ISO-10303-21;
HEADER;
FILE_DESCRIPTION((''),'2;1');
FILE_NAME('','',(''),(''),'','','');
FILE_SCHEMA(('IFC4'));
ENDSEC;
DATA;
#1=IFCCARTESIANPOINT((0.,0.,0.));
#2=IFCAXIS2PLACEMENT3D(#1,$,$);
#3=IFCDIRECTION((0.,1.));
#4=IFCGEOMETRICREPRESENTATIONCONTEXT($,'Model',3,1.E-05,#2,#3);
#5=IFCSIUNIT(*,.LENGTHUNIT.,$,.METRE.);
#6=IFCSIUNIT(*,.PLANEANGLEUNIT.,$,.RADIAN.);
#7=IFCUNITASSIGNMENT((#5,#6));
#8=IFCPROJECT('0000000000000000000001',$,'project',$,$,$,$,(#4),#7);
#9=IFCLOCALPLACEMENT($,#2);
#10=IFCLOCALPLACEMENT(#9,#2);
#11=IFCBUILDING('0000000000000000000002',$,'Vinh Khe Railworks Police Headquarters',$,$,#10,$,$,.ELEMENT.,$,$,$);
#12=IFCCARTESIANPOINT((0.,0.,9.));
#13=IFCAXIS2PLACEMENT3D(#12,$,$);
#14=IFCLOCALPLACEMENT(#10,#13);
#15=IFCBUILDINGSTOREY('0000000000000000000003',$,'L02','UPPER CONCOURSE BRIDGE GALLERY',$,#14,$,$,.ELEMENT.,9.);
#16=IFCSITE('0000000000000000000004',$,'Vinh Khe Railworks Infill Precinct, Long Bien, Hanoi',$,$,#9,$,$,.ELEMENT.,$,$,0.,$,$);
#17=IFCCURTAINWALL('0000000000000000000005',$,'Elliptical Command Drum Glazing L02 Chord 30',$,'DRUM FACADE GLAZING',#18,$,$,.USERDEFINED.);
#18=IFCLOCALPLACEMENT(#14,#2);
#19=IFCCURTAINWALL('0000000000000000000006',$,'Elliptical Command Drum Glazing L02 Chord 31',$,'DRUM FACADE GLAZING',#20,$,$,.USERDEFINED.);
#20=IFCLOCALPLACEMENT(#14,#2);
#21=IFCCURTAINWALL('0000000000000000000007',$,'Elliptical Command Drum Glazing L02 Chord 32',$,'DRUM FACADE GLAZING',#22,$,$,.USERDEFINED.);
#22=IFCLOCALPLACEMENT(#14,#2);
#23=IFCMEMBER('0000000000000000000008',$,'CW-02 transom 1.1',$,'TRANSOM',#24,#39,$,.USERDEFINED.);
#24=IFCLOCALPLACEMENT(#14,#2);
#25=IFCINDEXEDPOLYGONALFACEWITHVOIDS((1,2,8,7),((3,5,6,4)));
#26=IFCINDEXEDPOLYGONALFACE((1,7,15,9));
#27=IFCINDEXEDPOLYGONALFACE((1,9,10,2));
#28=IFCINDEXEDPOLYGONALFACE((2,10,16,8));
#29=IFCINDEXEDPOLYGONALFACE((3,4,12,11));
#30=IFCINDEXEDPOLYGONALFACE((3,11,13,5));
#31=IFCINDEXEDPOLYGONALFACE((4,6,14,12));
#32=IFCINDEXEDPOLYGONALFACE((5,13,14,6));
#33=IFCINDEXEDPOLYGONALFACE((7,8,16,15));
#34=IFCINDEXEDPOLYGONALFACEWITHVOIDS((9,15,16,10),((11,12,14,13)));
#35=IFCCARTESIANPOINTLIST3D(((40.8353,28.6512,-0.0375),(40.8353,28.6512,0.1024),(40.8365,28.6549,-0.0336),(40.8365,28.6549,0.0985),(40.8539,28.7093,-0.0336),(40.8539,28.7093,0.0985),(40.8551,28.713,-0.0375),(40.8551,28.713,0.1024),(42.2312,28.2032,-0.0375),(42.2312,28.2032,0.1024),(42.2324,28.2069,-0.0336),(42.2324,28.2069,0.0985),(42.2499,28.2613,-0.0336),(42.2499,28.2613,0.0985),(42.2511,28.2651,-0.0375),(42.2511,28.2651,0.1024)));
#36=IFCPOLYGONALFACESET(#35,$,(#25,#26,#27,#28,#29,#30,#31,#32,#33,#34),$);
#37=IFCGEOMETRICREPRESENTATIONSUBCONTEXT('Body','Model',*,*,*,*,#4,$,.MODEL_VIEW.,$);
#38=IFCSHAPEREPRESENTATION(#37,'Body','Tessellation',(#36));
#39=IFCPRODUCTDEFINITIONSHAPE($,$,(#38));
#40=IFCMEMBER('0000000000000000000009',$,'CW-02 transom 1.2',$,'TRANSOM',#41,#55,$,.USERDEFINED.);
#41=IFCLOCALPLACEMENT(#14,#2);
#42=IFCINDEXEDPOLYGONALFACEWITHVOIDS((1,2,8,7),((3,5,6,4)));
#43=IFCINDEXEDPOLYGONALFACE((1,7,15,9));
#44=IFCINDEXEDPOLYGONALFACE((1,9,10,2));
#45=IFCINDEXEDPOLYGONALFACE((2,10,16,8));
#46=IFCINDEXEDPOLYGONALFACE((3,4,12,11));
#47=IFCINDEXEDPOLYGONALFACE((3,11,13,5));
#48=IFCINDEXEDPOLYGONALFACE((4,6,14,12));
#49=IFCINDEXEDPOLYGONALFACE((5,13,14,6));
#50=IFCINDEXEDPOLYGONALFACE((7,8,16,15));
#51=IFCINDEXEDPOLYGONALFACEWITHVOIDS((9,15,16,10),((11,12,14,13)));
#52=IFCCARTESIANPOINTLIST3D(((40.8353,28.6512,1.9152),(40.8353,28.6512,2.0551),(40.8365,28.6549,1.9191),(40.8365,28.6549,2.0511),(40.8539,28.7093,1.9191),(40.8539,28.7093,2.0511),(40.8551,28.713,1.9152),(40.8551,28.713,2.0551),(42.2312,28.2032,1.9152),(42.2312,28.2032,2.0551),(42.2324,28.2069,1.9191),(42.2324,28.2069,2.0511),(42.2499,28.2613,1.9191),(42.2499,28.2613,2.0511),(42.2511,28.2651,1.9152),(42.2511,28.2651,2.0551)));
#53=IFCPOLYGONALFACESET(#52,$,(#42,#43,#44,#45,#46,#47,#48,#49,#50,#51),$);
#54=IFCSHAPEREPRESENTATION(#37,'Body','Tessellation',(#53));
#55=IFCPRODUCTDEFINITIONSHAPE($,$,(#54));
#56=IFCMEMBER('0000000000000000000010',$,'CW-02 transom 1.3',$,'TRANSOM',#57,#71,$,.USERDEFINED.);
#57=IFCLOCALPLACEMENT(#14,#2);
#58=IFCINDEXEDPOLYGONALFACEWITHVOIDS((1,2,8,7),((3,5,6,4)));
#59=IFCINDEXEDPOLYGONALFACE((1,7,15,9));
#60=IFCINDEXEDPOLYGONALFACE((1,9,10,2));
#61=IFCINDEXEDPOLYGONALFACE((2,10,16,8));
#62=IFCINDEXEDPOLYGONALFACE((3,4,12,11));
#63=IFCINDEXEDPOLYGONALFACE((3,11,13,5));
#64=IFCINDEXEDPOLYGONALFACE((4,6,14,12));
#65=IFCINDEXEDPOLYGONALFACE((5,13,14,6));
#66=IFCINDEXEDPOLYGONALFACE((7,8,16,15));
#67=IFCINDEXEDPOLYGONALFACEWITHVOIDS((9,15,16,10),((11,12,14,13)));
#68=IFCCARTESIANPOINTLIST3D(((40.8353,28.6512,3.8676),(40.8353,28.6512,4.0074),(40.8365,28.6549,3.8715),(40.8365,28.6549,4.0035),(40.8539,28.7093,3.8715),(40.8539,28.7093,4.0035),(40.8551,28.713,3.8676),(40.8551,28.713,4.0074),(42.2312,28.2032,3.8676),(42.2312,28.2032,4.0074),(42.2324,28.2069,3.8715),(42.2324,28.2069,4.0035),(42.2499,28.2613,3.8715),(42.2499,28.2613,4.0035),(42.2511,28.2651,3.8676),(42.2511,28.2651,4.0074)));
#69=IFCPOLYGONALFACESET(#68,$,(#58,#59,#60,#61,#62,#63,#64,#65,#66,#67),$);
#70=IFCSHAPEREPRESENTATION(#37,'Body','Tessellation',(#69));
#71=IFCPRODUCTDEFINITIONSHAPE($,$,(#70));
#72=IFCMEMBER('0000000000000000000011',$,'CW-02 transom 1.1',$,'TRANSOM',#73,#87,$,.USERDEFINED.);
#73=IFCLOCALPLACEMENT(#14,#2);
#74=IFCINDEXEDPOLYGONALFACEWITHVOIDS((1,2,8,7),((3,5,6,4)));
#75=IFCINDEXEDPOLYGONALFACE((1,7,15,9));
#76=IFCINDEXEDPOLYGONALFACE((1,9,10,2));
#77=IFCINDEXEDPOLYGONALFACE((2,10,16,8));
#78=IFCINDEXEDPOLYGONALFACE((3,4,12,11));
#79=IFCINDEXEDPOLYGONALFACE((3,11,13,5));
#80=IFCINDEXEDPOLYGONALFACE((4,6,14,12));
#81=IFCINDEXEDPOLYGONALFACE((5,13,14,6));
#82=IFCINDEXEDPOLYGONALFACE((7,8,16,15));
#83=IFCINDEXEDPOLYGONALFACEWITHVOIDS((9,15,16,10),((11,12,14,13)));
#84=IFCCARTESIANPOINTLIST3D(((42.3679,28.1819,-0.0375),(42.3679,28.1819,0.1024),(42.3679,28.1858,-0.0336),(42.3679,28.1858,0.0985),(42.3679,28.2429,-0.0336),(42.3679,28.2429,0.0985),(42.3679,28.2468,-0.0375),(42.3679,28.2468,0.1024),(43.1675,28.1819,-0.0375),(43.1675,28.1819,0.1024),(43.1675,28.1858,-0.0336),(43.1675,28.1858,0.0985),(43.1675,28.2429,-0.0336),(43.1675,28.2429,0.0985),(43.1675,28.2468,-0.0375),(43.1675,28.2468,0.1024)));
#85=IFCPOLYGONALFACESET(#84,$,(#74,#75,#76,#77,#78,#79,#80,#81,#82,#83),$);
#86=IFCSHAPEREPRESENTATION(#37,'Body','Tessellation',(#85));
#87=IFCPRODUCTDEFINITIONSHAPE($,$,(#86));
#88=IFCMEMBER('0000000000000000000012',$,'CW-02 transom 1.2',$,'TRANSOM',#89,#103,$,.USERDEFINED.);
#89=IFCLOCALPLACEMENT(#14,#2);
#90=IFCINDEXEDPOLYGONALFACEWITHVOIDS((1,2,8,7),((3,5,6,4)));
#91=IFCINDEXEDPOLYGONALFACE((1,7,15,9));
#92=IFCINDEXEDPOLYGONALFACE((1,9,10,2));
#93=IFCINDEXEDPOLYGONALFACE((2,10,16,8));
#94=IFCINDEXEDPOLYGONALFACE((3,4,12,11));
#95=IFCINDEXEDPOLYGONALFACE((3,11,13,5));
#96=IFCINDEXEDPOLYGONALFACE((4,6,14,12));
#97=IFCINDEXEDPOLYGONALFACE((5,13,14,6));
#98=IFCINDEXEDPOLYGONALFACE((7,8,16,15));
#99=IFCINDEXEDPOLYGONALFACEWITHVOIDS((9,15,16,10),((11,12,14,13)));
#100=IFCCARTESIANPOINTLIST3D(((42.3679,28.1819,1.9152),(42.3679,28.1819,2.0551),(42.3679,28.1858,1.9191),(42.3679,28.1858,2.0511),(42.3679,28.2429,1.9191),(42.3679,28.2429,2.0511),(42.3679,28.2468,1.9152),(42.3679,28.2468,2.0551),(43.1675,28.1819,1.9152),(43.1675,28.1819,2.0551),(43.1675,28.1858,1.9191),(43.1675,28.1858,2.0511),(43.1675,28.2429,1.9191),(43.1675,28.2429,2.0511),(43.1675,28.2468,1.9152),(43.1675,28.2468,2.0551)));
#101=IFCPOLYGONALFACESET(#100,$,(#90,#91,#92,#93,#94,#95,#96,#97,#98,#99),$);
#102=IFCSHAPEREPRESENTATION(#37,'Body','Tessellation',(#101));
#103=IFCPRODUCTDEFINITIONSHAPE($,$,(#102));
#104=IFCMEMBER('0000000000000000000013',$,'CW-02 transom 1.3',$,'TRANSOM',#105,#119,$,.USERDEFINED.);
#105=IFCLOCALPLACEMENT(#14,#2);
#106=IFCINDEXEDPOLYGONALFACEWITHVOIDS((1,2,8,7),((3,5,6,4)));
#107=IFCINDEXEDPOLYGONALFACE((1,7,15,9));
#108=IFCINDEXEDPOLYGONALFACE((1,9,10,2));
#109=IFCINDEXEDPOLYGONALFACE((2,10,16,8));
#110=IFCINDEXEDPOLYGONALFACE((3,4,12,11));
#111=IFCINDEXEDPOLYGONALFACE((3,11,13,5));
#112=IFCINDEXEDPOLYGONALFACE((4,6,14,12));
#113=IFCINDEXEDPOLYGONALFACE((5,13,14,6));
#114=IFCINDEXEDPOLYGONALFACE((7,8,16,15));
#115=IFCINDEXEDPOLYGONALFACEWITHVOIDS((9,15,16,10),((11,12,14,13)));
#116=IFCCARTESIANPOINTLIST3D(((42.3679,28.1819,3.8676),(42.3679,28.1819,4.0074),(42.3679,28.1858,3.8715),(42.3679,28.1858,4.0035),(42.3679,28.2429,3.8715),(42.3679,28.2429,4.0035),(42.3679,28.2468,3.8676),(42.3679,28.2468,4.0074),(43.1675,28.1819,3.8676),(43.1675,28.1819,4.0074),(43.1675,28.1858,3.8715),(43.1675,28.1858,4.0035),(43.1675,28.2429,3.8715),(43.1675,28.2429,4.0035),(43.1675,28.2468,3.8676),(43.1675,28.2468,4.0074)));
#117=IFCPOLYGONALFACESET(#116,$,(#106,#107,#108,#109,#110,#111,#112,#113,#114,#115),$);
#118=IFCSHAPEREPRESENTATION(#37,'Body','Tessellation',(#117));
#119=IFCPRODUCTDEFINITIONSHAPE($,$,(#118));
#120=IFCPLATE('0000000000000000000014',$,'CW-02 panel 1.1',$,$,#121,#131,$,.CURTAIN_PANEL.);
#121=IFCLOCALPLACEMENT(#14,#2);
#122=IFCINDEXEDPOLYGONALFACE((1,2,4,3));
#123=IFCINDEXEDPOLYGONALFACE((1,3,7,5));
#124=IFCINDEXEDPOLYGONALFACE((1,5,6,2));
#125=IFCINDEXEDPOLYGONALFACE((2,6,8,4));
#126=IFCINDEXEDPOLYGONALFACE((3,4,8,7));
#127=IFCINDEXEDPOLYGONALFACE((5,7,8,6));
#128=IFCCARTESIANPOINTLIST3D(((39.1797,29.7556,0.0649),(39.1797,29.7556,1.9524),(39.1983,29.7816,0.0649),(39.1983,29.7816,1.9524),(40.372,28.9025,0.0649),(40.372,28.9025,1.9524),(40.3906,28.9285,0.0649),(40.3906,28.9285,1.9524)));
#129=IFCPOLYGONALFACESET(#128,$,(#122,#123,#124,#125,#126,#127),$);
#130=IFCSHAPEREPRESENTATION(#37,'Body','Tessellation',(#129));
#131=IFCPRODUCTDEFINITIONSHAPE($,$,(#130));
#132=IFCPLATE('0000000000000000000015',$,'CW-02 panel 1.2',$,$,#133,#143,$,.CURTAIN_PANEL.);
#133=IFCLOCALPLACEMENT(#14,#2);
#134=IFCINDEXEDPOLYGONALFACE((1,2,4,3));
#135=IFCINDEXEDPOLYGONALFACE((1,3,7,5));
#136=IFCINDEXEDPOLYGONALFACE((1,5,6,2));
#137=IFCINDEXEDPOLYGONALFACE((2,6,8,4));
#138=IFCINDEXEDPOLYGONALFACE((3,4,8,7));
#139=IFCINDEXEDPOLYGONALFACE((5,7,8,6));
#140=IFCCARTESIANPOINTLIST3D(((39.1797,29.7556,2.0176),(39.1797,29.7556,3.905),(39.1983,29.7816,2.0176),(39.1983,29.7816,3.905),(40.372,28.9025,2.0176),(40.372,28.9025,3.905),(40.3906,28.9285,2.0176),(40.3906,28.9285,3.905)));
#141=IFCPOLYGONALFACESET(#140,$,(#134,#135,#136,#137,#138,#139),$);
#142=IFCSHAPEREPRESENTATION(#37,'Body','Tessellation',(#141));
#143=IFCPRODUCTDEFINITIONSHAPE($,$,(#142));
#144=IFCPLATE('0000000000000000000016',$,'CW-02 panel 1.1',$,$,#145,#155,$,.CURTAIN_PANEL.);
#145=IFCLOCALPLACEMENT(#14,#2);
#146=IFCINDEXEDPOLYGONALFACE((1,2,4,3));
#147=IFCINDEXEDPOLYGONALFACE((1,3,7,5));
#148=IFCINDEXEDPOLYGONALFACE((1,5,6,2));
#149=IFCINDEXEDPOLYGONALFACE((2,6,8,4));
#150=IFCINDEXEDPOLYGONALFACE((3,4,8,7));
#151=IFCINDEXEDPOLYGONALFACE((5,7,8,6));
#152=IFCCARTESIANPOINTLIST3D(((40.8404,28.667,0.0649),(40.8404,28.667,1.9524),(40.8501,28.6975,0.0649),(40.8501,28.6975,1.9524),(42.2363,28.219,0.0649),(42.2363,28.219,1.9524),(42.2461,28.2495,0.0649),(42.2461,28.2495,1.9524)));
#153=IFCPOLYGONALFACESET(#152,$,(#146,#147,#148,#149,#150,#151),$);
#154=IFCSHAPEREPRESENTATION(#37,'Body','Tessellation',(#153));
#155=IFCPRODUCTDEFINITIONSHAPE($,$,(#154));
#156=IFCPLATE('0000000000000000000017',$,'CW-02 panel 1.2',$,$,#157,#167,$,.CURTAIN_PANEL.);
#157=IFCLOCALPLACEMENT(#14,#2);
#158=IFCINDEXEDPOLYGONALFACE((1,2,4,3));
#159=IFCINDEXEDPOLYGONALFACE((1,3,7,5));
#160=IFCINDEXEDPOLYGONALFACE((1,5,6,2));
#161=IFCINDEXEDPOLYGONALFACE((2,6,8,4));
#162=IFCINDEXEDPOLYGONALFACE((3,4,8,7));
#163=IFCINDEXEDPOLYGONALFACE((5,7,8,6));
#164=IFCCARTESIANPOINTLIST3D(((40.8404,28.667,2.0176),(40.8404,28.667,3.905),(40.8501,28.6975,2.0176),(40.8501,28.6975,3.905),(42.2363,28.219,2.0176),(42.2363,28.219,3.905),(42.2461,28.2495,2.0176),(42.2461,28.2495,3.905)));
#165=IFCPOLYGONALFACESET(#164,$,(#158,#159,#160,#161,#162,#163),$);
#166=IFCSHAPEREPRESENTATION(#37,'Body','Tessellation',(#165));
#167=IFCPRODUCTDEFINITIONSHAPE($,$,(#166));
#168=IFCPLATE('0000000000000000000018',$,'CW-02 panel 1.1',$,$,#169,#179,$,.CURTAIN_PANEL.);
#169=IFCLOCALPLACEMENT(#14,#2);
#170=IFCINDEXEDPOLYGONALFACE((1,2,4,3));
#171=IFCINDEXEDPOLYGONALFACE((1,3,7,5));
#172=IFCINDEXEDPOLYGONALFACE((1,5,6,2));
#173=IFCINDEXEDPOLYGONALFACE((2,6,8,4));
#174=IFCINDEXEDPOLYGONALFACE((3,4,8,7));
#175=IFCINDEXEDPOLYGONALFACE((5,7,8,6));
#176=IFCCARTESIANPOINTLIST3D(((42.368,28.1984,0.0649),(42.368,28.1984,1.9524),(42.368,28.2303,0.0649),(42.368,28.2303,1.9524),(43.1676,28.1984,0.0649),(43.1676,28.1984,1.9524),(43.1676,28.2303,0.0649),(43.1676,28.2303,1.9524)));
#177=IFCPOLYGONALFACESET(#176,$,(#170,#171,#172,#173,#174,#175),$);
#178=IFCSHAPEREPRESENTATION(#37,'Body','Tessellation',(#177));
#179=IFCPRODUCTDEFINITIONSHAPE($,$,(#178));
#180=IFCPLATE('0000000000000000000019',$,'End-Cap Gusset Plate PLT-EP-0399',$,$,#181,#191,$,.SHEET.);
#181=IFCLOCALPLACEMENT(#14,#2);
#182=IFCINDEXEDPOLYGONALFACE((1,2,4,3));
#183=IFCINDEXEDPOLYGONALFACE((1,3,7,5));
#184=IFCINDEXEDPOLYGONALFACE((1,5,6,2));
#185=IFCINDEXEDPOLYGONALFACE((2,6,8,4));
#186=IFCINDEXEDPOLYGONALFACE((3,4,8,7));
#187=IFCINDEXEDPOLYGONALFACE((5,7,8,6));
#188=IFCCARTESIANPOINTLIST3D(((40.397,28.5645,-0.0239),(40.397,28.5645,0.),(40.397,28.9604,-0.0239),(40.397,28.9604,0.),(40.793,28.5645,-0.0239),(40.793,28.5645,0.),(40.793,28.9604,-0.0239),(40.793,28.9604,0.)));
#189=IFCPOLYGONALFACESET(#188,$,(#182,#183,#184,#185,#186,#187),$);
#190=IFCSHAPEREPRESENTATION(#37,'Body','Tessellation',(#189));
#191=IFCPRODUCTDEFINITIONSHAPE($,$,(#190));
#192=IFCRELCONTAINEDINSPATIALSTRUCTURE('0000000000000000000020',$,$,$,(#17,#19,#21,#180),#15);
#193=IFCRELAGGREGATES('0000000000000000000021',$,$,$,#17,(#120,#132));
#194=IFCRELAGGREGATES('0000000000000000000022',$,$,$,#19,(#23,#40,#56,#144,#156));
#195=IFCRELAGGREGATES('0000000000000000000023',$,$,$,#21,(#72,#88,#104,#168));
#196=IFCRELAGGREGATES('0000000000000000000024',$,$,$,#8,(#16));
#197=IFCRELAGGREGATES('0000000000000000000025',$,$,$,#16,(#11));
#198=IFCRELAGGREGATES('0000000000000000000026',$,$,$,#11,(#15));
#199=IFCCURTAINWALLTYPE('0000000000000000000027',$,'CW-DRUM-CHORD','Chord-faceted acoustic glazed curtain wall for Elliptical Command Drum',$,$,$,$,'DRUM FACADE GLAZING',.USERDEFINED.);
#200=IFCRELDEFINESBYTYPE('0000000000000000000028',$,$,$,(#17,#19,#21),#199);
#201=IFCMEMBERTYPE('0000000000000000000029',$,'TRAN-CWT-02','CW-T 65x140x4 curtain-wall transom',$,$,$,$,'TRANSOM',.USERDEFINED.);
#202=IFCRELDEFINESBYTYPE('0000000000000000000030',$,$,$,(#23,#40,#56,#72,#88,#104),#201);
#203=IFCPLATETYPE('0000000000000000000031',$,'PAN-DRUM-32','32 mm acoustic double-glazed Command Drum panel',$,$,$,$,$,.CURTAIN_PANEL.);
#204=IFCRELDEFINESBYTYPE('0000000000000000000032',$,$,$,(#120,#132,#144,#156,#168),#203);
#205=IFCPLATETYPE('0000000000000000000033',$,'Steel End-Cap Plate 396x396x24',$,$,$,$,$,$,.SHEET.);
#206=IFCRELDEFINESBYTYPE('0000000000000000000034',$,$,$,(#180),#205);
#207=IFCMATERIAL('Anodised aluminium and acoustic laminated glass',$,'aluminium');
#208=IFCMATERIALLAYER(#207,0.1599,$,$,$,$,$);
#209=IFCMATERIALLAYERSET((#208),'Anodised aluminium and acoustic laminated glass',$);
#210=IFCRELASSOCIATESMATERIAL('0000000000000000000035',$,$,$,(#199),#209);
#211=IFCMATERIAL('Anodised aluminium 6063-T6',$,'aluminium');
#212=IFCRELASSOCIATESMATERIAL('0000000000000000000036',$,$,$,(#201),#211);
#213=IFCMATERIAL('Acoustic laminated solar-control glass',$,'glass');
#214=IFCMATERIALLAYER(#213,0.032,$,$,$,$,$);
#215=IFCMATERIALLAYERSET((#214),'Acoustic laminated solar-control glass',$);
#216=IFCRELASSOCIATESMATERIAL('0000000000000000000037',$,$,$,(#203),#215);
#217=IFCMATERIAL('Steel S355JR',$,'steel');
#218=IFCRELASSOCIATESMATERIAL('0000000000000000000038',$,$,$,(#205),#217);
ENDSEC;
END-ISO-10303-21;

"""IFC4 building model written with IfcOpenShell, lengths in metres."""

from ifc_helpers import new_model, si_unit, direction, frame, origin, origin_2d, place, context, subcontext, project, spatial, rectangle, hollow_rectangle, extrude, material, layer, layer_set, material_profile, profile_set, type_object, element, aggregate, save


model = new_model("IFC4")

# Units and contexts
model_context = context("Model", 3, precision=1e-05, world=origin(), true_north=direction((0.0, 1.0)))
body_context = subcontext(model_context, "Body", "Model", "MODEL_VIEW")
ifc_project = project(units=[si_unit("LENGTHUNIT", "METRE"), si_unit("PLANEANGLEUNIT", "RADIAN")], contexts=[model_context])

# Site, building, storey
site_placement = place(None, origin())
site = spatial("IfcSite", under=ifc_project, at=site_placement, Name="Vinh Khe Railworks Infill Precinct, Long Bien, Hanoi", CompositionType="ELEMENT", RefElevation=0.0)
building_placement = place(site_placement, origin())
building = spatial("IfcBuilding", under=site, at=building_placement, Name="Vinh Khe Railworks Police Headquarters", CompositionType="ELEMENT")
storey_placement = place(building_placement, frame((0.0, 0.0, 9.0)))
storey = spatial("IfcBuildingStorey", under=building, at=storey_placement, Name="L02", Description="UPPER CONCOURSE BRIDGE GALLERY", CompositionType="ELEMENT", Elevation=9.0)

# Shared definitions
ifc_material_1 = material(Name="Steel S355JR", Category="steel")

# Curtain wall
ifc_material_2 = material(Name="Anodised aluminium and acoustic laminated glass", Category="aluminium")
ifc_layer_1 = layer(ifc_material_2, 0.1599)
ifc_layer_set_1 = layer_set([ifc_layer_1], Name="Anodised aluminium and acoustic laminated glass")
curtain_wall_type = type_object("IfcCurtainWallType", Name="CW-DRUM-CHORD", Description="Chord-faceted acoustic glazed curtain wall for Elliptical Command Drum", ElementType="DRUM FACADE GLAZING", PredefinedType="USERDEFINED", material=ifc_layer_set_1)
curtain_wall_1_placement = place(storey_placement, origin())
curtain_wall_1 = element("IfcCurtainWall", 1, at=curtain_wall_1_placement, inside=storey, type_object=curtain_wall_type, Name="Elliptical Command Drum Glazing L02 Chord 30", ObjectType="DRUM FACADE GLAZING", PredefinedType="USERDEFINED")
ifc_material_3 = material(Name="Anodised aluminium 6063-T6", Category="aluminium")

# Curtain wall
curtain_wall_2_placement = place(storey_placement, origin())
curtain_wall_2 = element("IfcCurtainWall", 2, at=curtain_wall_2_placement, inside=storey, type_object=curtain_wall_type, Name="Elliptical Command Drum Glazing L02 Chord 31", ObjectType="DRUM FACADE GLAZING", PredefinedType="USERDEFINED")

# Curtain wall
curtain_wall_3_placement = place(storey_placement, origin())
curtain_wall_3 = element("IfcCurtainWall", 3, at=curtain_wall_3_placement, inside=storey, type_object=curtain_wall_type, Name="Elliptical Command Drum Glazing L02 Chord 32", ObjectType="DRUM FACADE GLAZING", PredefinedType="USERDEFINED")

# Members
ifc_material_profile_1 = material_profile(ifc_material_3, hollow_rectangle(XDim=0.0649, YDim=0.1399, WallThickness=0.0039, at=origin_2d()), Name="CW-T 65x140x4")
ifc_profile_set_1 = profile_set([ifc_material_profile_1], Name="Anodised aluminium 6063-T6")
member_type_1 = type_object("IfcMemberType", Name="TRAN-CWT-02", Description="CW-T 65x140x4 curtain-wall transom", ElementType="TRANSOM", PredefinedType="USERDEFINED", material=ifc_profile_set_1)
member_1_placement = place(storey_placement, frame((40.8452, 28.6821, 0.0325), z_axis=(0.952171, -0.305567, 0.0), x_axis=(0.305567, 0.952171, 0.0)))
member_1 = element("IfcMember", 4, at=member_1_placement, type_object=member_type_1, Name="CW-02 transom 1.1", ObjectType="TRANSOM", PredefinedType="USERDEFINED", context=body_context, shape_type="SweptSolid", body=[
    extrude(hollow_rectangle(XDim=0.0649, YDim=0.1399, WallThickness=0.0039, at=origin_2d()), origin(), (0.0, 0.0, 1.0), 1.4661),
])
member_2_placement = place(storey_placement, frame((40.8452, 28.6821, 1.9851), z_axis=(0.952171, -0.305567, 0.0), x_axis=(0.305567, 0.952171, 0.0)))
member_2 = element("IfcMember", 5, at=member_2_placement, type_object=member_type_1, Name="CW-02 transom 1.2", ObjectType="TRANSOM", PredefinedType="USERDEFINED", context=body_context, shape_type="SweptSolid", body=[
    extrude(hollow_rectangle(XDim=0.0649, YDim=0.1399, WallThickness=0.0039, at=origin_2d()), origin(), (0.0, 0.0, 1.0), 1.4661),
])
member_3_placement = place(storey_placement, frame((40.8452, 28.6821, 3.9375), z_axis=(0.952171, -0.305567, 0.0), x_axis=(0.305567, 0.952171, 0.0)))
member_3 = element("IfcMember", 6, at=member_3_placement, type_object=member_type_1, Name="CW-02 transom 1.3", ObjectType="TRANSOM", PredefinedType="USERDEFINED", context=body_context, shape_type="SweptSolid", body=[
    extrude(hollow_rectangle(XDim=0.0649, YDim=0.1399, WallThickness=0.0039, at=origin_2d()), origin(), (0.0, 0.0, 1.0), 1.4661),
])
member_4_placement = place(storey_placement, frame((42.3679, 28.2144, 0.0325), z_axis=(1.0, 0.0, 0.0), x_axis=(0.0, 1.0, 0.0)))
member_4 = element("IfcMember", 7, at=member_4_placement, type_object=member_type_1, Name="CW-02 transom 1.1", ObjectType="TRANSOM", PredefinedType="USERDEFINED", context=body_context, shape_type="SweptSolid", body=[
    extrude(hollow_rectangle(XDim=0.0649, YDim=0.1399, WallThickness=0.0039, at=origin_2d()), origin(), (0.0, 0.0, 1.0), 0.7996),
])
member_5_placement = place(storey_placement, frame((42.3679, 28.2144, 1.9851), z_axis=(1.0, 0.0, 0.0), x_axis=(0.0, 1.0, 0.0)))
member_5 = element("IfcMember", 8, at=member_5_placement, type_object=member_type_1, Name="CW-02 transom 1.2", ObjectType="TRANSOM", PredefinedType="USERDEFINED", context=body_context, shape_type="SweptSolid", body=[
    extrude(hollow_rectangle(XDim=0.0649, YDim=0.1399, WallThickness=0.0039, at=origin_2d()), origin(), (0.0, 0.0, 1.0), 0.7996),
])
member_6_placement = place(storey_placement, frame((42.3679, 28.2144, 3.9375), z_axis=(1.0, 0.0, 0.0), x_axis=(0.0, 1.0, 0.0)))
member_6 = element("IfcMember", 9, at=member_6_placement, type_object=member_type_1, Name="CW-02 transom 1.3", ObjectType="TRANSOM", PredefinedType="USERDEFINED", context=body_context, shape_type="SweptSolid", body=[
    extrude(hollow_rectangle(XDim=0.0649, YDim=0.1399, WallThickness=0.0039, at=origin_2d()), origin(), (0.0, 0.0, 1.0), 0.7996),
])

# Plates
ifc_material_4 = material(Name="Acoustic laminated solar-control glass", Category="glass")
ifc_layer_2 = layer(ifc_material_4, 0.032)
ifc_layer_set_2 = layer_set([ifc_layer_2], Name="Acoustic laminated solar-control glass")
plate_type_1 = type_object("IfcPlateType", Name="PAN-DRUM-32", Description="32 mm acoustic double-glazed Command Drum panel", PredefinedType="CURTAIN_PANEL", material=ifc_layer_set_2)
plate_1_placement = place(storey_placement, frame((39.7852, 29.342, 0.0649), z_axis=(0.0, 0.0, 1.0), x_axis=(0.813249, -0.581915, 0.0)))
plate_1 = element("IfcPlate", 10, at=plate_1_placement, type_object=plate_type_1, Name="CW-02 panel 1.1", PredefinedType="CURTAIN_PANEL", context=body_context, shape_type="SweptSolid", body=[
    extrude(rectangle(XDim=1.4661, YDim=0.032, at=origin_2d()), origin(), (0.0, 0.0, 1.0), 1.8875),
])
plate_2_placement = place(storey_placement, frame((39.7852, 29.342, 2.0176), z_axis=(0.0, 0.0, 1.0), x_axis=(0.813249, -0.581915, 0.0)))
plate_2 = element("IfcPlate", 11, at=plate_2_placement, type_object=plate_type_1, Name="CW-02 panel 1.2", PredefinedType="CURTAIN_PANEL", context=body_context, shape_type="SweptSolid", body=[
    extrude(rectangle(XDim=1.4661, YDim=0.032, at=origin_2d()), origin(), (0.0, 0.0, 1.0), 1.8875),
])
aggregate(curtain_wall_1, [plate_1, plate_2])
plate_3_placement = place(storey_placement, frame((41.5432, 28.4583, 0.0649), z_axis=(0.0, 0.0, 1.0), x_axis=(0.952168, -0.305575, 0.0)))
plate_3 = element("IfcPlate", 12, at=plate_3_placement, type_object=plate_type_1, Name="CW-02 panel 1.1", PredefinedType="CURTAIN_PANEL", context=body_context, shape_type="SweptSolid", body=[
    extrude(rectangle(XDim=1.4661, YDim=0.032, at=origin_2d()), origin(), (0.0, 0.0, 1.0), 1.8875),
])
plate_4_placement = place(storey_placement, frame((41.5432, 28.4583, 2.0176), z_axis=(0.0, 0.0, 1.0), x_axis=(0.952168, -0.305575, 0.0)))
plate_4 = element("IfcPlate", 13, at=plate_4_placement, type_object=plate_type_1, Name="CW-02 panel 1.2", PredefinedType="CURTAIN_PANEL", context=body_context, shape_type="SweptSolid", body=[
    extrude(rectangle(XDim=1.4661, YDim=0.032, at=origin_2d()), origin(), (0.0, 0.0, 1.0), 1.8875),
])
aggregate(curtain_wall_2, [member_1, member_2, member_3, plate_3, plate_4])
plate_5_placement = place(storey_placement, frame((42.7678, 28.2144, 0.0649), z_axis=(0.0, 0.0, 1.0), x_axis=(1.0, 0.0, 0.0)))
plate_5 = element("IfcPlate", 14, at=plate_5_placement, type_object=plate_type_1, Name="CW-02 panel 1.1", PredefinedType="CURTAIN_PANEL", context=body_context, shape_type="SweptSolid", body=[
    extrude(rectangle(XDim=0.7996, YDim=0.032, at=origin_2d()), origin(), (0.0, 0.0, 1.0), 1.8875),
])
aggregate(curtain_wall_3, [member_4, member_5, member_6, plate_5])

# Plate
ifc_material_profile_2 = material_profile(ifc_material_1, rectangle(XDim=0.396, YDim=0.396, at=origin_2d()), Name="PL 396x396")
ifc_profile_set_2 = profile_set([ifc_material_profile_2], Name="Steel S355JR")
plate_type_2 = type_object("IfcPlateType", Name="Steel End-Cap Plate 396x396x24", PredefinedType="SHEET", material=ifc_profile_set_2)
plate_6_placement = place(storey_placement, frame((40.595, 28.7625, 0.0), z_axis=(0.0, 0.0, -1.0), x_axis=(1.0, 0.0, 0.0)))
element("IfcPlate", 15, at=plate_6_placement, inside=storey, type_object=plate_type_2, Name="End-Cap Gusset Plate PLT-EP-0399", PredefinedType="SHEET", context=body_context, shape_type="SweptSolid", body=[
    extrude(rectangle(XDim=0.396, YDim=0.396, at=origin_2d()), origin(), (0.0, 0.0, 1.0), 0.0239),
])

save(model, "model.ifc")
